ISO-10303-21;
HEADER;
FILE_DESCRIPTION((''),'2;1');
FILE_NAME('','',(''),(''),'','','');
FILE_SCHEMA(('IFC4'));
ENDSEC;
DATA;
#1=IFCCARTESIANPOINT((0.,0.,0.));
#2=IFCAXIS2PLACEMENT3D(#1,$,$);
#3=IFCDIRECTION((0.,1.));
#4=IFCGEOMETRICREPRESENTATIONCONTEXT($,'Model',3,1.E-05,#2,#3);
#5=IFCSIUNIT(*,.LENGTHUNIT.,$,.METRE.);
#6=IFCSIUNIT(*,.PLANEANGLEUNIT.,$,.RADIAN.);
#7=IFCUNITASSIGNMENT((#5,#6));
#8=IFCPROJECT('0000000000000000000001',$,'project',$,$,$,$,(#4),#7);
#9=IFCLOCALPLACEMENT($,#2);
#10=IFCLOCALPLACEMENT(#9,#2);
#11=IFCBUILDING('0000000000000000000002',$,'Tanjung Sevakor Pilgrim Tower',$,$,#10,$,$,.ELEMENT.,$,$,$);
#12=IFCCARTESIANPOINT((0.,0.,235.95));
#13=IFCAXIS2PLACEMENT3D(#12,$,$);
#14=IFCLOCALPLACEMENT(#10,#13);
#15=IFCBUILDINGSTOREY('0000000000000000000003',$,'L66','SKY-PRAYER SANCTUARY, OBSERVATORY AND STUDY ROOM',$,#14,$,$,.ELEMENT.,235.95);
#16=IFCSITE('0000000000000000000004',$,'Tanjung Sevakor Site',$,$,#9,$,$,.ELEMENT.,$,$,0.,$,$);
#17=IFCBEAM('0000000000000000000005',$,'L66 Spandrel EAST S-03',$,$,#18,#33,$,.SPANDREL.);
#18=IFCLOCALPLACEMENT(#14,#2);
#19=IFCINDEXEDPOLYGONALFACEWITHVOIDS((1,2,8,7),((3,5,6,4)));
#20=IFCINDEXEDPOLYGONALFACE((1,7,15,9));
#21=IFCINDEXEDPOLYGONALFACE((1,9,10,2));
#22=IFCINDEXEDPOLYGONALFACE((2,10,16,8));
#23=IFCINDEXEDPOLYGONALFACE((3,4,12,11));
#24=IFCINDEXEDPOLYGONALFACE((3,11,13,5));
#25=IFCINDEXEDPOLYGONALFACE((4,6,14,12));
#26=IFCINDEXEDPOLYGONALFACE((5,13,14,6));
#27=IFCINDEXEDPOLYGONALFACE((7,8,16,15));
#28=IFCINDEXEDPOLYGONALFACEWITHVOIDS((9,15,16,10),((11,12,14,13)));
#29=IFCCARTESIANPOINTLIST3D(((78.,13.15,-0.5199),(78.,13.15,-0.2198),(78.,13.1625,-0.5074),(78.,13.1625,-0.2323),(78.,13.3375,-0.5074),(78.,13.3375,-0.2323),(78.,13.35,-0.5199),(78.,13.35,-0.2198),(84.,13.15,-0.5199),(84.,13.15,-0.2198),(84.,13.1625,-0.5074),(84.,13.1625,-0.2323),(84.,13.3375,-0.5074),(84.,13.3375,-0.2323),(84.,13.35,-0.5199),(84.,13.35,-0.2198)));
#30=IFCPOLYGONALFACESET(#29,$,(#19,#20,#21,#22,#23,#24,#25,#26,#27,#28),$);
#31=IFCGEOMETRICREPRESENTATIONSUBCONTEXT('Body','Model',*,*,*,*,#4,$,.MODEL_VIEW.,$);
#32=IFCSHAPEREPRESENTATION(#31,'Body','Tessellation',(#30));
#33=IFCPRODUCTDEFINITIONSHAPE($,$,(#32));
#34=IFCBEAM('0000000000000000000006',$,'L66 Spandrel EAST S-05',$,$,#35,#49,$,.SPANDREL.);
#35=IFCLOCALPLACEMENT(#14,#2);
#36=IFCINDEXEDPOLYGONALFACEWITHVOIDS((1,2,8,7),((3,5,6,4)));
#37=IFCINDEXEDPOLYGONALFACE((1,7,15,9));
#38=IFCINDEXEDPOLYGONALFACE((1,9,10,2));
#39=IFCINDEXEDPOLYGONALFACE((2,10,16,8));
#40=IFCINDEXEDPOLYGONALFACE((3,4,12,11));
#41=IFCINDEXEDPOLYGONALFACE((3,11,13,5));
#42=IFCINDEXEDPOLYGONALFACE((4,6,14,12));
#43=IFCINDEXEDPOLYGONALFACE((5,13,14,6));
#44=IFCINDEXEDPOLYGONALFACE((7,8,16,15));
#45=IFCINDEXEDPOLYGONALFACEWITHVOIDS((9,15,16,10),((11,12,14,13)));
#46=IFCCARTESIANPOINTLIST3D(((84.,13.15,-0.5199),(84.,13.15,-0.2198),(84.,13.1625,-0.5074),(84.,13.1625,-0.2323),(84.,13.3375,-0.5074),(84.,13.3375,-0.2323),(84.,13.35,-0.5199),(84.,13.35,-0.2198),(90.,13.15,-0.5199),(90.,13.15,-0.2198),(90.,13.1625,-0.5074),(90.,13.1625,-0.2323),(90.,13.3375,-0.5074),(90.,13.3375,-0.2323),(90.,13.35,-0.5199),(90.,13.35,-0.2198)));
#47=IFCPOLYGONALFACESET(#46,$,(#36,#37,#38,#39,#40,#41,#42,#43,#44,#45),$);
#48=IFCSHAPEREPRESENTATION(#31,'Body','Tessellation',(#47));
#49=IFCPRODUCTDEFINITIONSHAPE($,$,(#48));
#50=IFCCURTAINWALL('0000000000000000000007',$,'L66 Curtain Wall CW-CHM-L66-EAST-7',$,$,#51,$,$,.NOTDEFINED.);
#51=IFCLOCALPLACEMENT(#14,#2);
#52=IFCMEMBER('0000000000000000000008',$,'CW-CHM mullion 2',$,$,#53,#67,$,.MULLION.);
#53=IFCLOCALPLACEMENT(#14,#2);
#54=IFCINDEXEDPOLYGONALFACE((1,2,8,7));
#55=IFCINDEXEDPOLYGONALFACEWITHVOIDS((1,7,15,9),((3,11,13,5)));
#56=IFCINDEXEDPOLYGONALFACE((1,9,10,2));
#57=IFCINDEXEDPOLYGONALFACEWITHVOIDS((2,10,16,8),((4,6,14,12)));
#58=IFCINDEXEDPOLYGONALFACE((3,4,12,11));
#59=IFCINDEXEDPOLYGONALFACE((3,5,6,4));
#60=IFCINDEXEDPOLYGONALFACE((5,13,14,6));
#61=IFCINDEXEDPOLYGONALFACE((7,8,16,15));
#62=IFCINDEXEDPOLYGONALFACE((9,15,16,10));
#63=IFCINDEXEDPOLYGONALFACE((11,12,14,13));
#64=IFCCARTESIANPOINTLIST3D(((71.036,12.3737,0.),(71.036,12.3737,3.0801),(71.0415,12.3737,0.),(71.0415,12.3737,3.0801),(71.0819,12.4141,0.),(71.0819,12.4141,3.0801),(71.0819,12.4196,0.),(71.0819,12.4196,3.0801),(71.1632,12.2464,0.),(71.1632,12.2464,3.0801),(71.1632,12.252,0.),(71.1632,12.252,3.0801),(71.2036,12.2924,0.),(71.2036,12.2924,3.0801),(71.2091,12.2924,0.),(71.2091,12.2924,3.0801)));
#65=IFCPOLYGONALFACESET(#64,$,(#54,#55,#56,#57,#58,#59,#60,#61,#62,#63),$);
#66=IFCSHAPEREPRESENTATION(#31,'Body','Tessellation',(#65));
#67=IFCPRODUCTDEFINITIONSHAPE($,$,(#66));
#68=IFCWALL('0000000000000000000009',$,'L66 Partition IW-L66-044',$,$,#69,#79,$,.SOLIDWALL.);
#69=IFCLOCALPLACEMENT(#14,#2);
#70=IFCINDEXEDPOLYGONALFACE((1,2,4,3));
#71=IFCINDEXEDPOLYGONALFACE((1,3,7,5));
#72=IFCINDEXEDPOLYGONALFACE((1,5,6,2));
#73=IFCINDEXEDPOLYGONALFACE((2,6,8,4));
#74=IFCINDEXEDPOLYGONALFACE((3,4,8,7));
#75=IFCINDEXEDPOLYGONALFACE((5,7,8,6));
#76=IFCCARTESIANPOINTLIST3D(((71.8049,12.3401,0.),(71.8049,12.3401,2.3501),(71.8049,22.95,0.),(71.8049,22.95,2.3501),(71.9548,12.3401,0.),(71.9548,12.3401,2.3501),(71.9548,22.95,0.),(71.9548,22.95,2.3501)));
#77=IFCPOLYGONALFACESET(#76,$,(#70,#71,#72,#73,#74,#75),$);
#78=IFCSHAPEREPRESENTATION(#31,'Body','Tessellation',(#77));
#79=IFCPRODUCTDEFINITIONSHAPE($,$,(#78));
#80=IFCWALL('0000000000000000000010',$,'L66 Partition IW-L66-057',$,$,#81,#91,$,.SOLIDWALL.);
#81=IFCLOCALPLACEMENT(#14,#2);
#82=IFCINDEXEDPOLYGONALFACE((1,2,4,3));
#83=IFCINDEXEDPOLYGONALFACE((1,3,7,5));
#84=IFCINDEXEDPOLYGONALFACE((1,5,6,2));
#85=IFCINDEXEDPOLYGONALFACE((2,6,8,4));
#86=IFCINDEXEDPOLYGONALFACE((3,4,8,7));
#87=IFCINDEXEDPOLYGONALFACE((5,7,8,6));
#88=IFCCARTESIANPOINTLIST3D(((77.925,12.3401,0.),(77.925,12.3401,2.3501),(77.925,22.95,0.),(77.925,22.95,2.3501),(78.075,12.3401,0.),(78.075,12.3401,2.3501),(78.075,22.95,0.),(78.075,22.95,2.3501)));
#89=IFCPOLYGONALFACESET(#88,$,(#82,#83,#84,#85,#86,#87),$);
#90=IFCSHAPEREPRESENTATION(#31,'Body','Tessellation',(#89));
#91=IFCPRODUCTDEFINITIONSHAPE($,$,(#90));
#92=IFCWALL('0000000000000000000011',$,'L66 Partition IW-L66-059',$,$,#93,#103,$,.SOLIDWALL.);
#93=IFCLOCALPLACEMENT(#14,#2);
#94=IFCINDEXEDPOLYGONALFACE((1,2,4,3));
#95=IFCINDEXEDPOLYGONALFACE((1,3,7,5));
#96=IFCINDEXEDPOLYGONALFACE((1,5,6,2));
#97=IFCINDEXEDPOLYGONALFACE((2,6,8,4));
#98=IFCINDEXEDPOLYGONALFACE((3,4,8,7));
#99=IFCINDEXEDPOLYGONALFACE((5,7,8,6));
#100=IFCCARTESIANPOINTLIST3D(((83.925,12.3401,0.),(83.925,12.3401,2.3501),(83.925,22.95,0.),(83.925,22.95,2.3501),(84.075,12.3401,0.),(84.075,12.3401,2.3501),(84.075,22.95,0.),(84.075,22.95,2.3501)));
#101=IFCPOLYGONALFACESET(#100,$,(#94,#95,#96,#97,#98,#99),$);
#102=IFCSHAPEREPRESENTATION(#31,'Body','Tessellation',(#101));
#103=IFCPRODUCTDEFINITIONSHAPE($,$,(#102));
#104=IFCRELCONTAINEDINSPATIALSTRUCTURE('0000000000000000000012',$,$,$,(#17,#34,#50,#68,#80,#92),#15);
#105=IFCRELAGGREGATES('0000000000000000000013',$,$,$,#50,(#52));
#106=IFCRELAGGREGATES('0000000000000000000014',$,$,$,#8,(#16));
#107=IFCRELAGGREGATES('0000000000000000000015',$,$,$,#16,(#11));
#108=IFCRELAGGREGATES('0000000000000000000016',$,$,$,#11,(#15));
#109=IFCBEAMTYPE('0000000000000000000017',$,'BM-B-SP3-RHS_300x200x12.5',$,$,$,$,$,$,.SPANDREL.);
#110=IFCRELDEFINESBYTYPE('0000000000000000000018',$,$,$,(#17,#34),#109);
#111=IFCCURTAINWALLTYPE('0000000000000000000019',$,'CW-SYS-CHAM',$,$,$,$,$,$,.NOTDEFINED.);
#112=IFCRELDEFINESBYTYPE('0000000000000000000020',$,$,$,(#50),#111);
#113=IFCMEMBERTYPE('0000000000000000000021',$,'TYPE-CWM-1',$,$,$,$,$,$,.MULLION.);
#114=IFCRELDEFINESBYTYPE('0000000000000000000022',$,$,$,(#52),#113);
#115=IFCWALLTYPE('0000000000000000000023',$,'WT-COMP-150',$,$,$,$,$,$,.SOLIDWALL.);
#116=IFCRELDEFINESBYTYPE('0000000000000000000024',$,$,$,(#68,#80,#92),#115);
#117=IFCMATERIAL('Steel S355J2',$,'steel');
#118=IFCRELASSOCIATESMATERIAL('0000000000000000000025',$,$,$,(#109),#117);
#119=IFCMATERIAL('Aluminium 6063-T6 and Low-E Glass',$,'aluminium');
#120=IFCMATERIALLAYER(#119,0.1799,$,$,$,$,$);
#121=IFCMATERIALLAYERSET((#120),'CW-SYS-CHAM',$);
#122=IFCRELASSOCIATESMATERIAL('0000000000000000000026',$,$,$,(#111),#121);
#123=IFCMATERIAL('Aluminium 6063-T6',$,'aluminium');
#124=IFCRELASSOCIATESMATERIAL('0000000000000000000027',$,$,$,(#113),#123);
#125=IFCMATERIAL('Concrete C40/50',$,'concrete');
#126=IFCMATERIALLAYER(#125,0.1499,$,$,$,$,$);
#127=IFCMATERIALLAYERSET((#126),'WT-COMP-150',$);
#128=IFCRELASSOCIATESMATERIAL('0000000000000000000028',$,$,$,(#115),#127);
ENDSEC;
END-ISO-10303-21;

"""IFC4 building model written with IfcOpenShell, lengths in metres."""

from ifc_helpers import new_model, si_unit, direction, frame, frame_2d, origin, origin_2d, place, context, subcontext, project, spatial, rectangle, hollow_rectangle, extrude, material, layer, layer_set, material_profile, profile_set, type_object, element, aggregate, save


model = new_model("IFC4")

# Units and contexts
model_context = context("Model", 3, precision=1e-05, world=origin(), true_north=direction((0.0, 1.0)))
body_context = subcontext(model_context, "Body", "Model", "MODEL_VIEW")
ifc_project = project(units=[si_unit("LENGTHUNIT", "METRE"), si_unit("PLANEANGLEUNIT", "RADIAN")], contexts=[model_context])

# Site, building, storey
site_placement = place(None, origin())
site = spatial("IfcSite", under=ifc_project, at=site_placement, Name="Tanjung Sevakor Site", CompositionType="ELEMENT", RefElevation=0.0)
building_placement = place(site_placement, origin())
building = spatial("IfcBuilding", under=site, at=building_placement, Name="Tanjung Sevakor Pilgrim Tower", CompositionType="ELEMENT")
storey_placement = place(building_placement, frame((0.0, 0.0, 235.95)))
storey = spatial("IfcBuildingStorey", under=building, at=storey_placement, Name="L66", Description="SKY-PRAYER SANCTUARY, OBSERVATORY AND STUDY ROOM", CompositionType="ELEMENT", Elevation=235.95)

# Beams
ifc_material_1 = material(Name="Steel S355J2", Category="steel")
ifc_material_profile_1 = material_profile(ifc_material_1, hollow_rectangle(XDim=0.2, YDim=0.3, WallThickness=0.0125, at=origin_2d()))
ifc_profile_set_1 = profile_set([ifc_material_profile_1], Name="Steel S355J2")
beam_type_1 = type_object("IfcBeamType", Name="BM-B-SP3-RHS_300x200x12.5", PredefinedType="SPANDREL", material=ifc_profile_set_1)
for number, where, z_axis, x_axis, name in (
    (1, (78.0, 13.25, -0.3699), (1.0, 0.0, 0.0), (0.0, 1.0, 0.0), "L66 Spandrel EAST S-03"),
    (2, (84.0, 13.25, -0.3699), (1.0, 0.0, 0.0), (0.0, 1.0, 0.0), "L66 Spandrel EAST S-05"),
):
    element("IfcBeam", number, at=place(storey_placement, frame(where, z_axis=z_axis, x_axis=x_axis)), inside=storey, type_object=beam_type_1, Name=name, PredefinedType="SPANDREL", context=body_context, shape_type="SweptSolid", body=[
        extrude(hollow_rectangle(XDim=0.2, YDim=0.3, WallThickness=0.0125, at=origin_2d()), origin(), (0.0, 0.0, 1.0), 6.0),
    ])

# Curtain wall, member
ifc_material_2 = material(Name="Aluminium 6063-T6 and Low-E Glass", Category="aluminium")
ifc_layer_1 = layer(ifc_material_2, 0.1799)
ifc_layer_set_1 = layer_set([ifc_layer_1], Name="CW-SYS-CHAM")
curtain_wall_type = type_object("IfcCurtainWallType", Name="CW-SYS-CHAM", PredefinedType="NOTDEFINED", material=ifc_layer_set_1)
curtain_wall_placement = place(storey_placement, origin())
curtain_wall = element("IfcCurtainWall", 3, at=curtain_wall_placement, inside=storey, type_object=curtain_wall_type, Name="L66 Curtain Wall CW-CHM-L66-EAST-7", PredefinedType="NOTDEFINED")
ifc_material_3 = material(Name="Aluminium 6063-T6", Category="aluminium")
ifc_material_profile_2 = material_profile(ifc_material_3, hollow_rectangle(XDim=0.0649, YDim=0.1799, WallThickness=0.0039, at=origin_2d()))
ifc_profile_set_2 = profile_set([ifc_material_profile_2], Name="Aluminium 6063-T6")
member_type = type_object("IfcMemberType", Name="TYPE-CWM-1", PredefinedType="MULLION", material=ifc_profile_set_2)
member_placement = place(storey_placement, frame((71.1226, 12.333, 0.0), z_axis=(0.0, 0.0, 1.0), x_axis=(0.707107, 0.707107, 0.0)))
member = element("IfcMember", 4, at=member_placement, type_object=member_type, Name="CW-CHM mullion 2", PredefinedType="MULLION", context=body_context, shape_type="SweptSolid", body=[
    extrude(hollow_rectangle(XDim=0.0649, YDim=0.1799, WallThickness=0.0039, at=origin_2d()), origin(), (0.0, 0.0, 1.0), 3.0801),
])
aggregate(curtain_wall, [member])

# Walls
ifc_material_4 = material(Name="Concrete C40/50", Category="concrete")
ifc_layer_2 = layer(ifc_material_4, 0.1499)
ifc_layer_set_2 = layer_set([ifc_layer_2], Name="WT-COMP-150")
wall_type_1 = type_object("IfcWallType", Name="WT-COMP-150", PredefinedType="SOLIDWALL", material=ifc_layer_set_2)
for number, where, z_axis, x_axis, name in (
    (5, (71.8799, 12.3401, 0.0), (0.0, 0.0, 1.0), (0.0, 1.0, 0.0), "L66 Partition IW-L66-044"),
    (6, (78.0, 12.3401, 0.0), (0.0, 0.0, 1.0), (0.0, 1.0, 0.0), "L66 Partition IW-L66-057"),
    (7, (84.0, 12.3401, 0.0), (0.0, 0.0, 1.0), (0.0, 1.0, 0.0), "L66 Partition IW-L66-059"),
):
    element("IfcWall", number, at=place(storey_placement, frame(where, z_axis=z_axis, x_axis=x_axis)), inside=storey, type_object=wall_type_1, Name=name, PredefinedType="SOLIDWALL", context=body_context, shape_type="SweptSolid", body=[
        extrude(rectangle(XDim=10.6099, YDim=0.1499, at=frame_2d((5.3049, 0.0))), origin(), (0.0, 0.0, 1.0), 2.3501),
    ])

save(model, "model.ifc")
